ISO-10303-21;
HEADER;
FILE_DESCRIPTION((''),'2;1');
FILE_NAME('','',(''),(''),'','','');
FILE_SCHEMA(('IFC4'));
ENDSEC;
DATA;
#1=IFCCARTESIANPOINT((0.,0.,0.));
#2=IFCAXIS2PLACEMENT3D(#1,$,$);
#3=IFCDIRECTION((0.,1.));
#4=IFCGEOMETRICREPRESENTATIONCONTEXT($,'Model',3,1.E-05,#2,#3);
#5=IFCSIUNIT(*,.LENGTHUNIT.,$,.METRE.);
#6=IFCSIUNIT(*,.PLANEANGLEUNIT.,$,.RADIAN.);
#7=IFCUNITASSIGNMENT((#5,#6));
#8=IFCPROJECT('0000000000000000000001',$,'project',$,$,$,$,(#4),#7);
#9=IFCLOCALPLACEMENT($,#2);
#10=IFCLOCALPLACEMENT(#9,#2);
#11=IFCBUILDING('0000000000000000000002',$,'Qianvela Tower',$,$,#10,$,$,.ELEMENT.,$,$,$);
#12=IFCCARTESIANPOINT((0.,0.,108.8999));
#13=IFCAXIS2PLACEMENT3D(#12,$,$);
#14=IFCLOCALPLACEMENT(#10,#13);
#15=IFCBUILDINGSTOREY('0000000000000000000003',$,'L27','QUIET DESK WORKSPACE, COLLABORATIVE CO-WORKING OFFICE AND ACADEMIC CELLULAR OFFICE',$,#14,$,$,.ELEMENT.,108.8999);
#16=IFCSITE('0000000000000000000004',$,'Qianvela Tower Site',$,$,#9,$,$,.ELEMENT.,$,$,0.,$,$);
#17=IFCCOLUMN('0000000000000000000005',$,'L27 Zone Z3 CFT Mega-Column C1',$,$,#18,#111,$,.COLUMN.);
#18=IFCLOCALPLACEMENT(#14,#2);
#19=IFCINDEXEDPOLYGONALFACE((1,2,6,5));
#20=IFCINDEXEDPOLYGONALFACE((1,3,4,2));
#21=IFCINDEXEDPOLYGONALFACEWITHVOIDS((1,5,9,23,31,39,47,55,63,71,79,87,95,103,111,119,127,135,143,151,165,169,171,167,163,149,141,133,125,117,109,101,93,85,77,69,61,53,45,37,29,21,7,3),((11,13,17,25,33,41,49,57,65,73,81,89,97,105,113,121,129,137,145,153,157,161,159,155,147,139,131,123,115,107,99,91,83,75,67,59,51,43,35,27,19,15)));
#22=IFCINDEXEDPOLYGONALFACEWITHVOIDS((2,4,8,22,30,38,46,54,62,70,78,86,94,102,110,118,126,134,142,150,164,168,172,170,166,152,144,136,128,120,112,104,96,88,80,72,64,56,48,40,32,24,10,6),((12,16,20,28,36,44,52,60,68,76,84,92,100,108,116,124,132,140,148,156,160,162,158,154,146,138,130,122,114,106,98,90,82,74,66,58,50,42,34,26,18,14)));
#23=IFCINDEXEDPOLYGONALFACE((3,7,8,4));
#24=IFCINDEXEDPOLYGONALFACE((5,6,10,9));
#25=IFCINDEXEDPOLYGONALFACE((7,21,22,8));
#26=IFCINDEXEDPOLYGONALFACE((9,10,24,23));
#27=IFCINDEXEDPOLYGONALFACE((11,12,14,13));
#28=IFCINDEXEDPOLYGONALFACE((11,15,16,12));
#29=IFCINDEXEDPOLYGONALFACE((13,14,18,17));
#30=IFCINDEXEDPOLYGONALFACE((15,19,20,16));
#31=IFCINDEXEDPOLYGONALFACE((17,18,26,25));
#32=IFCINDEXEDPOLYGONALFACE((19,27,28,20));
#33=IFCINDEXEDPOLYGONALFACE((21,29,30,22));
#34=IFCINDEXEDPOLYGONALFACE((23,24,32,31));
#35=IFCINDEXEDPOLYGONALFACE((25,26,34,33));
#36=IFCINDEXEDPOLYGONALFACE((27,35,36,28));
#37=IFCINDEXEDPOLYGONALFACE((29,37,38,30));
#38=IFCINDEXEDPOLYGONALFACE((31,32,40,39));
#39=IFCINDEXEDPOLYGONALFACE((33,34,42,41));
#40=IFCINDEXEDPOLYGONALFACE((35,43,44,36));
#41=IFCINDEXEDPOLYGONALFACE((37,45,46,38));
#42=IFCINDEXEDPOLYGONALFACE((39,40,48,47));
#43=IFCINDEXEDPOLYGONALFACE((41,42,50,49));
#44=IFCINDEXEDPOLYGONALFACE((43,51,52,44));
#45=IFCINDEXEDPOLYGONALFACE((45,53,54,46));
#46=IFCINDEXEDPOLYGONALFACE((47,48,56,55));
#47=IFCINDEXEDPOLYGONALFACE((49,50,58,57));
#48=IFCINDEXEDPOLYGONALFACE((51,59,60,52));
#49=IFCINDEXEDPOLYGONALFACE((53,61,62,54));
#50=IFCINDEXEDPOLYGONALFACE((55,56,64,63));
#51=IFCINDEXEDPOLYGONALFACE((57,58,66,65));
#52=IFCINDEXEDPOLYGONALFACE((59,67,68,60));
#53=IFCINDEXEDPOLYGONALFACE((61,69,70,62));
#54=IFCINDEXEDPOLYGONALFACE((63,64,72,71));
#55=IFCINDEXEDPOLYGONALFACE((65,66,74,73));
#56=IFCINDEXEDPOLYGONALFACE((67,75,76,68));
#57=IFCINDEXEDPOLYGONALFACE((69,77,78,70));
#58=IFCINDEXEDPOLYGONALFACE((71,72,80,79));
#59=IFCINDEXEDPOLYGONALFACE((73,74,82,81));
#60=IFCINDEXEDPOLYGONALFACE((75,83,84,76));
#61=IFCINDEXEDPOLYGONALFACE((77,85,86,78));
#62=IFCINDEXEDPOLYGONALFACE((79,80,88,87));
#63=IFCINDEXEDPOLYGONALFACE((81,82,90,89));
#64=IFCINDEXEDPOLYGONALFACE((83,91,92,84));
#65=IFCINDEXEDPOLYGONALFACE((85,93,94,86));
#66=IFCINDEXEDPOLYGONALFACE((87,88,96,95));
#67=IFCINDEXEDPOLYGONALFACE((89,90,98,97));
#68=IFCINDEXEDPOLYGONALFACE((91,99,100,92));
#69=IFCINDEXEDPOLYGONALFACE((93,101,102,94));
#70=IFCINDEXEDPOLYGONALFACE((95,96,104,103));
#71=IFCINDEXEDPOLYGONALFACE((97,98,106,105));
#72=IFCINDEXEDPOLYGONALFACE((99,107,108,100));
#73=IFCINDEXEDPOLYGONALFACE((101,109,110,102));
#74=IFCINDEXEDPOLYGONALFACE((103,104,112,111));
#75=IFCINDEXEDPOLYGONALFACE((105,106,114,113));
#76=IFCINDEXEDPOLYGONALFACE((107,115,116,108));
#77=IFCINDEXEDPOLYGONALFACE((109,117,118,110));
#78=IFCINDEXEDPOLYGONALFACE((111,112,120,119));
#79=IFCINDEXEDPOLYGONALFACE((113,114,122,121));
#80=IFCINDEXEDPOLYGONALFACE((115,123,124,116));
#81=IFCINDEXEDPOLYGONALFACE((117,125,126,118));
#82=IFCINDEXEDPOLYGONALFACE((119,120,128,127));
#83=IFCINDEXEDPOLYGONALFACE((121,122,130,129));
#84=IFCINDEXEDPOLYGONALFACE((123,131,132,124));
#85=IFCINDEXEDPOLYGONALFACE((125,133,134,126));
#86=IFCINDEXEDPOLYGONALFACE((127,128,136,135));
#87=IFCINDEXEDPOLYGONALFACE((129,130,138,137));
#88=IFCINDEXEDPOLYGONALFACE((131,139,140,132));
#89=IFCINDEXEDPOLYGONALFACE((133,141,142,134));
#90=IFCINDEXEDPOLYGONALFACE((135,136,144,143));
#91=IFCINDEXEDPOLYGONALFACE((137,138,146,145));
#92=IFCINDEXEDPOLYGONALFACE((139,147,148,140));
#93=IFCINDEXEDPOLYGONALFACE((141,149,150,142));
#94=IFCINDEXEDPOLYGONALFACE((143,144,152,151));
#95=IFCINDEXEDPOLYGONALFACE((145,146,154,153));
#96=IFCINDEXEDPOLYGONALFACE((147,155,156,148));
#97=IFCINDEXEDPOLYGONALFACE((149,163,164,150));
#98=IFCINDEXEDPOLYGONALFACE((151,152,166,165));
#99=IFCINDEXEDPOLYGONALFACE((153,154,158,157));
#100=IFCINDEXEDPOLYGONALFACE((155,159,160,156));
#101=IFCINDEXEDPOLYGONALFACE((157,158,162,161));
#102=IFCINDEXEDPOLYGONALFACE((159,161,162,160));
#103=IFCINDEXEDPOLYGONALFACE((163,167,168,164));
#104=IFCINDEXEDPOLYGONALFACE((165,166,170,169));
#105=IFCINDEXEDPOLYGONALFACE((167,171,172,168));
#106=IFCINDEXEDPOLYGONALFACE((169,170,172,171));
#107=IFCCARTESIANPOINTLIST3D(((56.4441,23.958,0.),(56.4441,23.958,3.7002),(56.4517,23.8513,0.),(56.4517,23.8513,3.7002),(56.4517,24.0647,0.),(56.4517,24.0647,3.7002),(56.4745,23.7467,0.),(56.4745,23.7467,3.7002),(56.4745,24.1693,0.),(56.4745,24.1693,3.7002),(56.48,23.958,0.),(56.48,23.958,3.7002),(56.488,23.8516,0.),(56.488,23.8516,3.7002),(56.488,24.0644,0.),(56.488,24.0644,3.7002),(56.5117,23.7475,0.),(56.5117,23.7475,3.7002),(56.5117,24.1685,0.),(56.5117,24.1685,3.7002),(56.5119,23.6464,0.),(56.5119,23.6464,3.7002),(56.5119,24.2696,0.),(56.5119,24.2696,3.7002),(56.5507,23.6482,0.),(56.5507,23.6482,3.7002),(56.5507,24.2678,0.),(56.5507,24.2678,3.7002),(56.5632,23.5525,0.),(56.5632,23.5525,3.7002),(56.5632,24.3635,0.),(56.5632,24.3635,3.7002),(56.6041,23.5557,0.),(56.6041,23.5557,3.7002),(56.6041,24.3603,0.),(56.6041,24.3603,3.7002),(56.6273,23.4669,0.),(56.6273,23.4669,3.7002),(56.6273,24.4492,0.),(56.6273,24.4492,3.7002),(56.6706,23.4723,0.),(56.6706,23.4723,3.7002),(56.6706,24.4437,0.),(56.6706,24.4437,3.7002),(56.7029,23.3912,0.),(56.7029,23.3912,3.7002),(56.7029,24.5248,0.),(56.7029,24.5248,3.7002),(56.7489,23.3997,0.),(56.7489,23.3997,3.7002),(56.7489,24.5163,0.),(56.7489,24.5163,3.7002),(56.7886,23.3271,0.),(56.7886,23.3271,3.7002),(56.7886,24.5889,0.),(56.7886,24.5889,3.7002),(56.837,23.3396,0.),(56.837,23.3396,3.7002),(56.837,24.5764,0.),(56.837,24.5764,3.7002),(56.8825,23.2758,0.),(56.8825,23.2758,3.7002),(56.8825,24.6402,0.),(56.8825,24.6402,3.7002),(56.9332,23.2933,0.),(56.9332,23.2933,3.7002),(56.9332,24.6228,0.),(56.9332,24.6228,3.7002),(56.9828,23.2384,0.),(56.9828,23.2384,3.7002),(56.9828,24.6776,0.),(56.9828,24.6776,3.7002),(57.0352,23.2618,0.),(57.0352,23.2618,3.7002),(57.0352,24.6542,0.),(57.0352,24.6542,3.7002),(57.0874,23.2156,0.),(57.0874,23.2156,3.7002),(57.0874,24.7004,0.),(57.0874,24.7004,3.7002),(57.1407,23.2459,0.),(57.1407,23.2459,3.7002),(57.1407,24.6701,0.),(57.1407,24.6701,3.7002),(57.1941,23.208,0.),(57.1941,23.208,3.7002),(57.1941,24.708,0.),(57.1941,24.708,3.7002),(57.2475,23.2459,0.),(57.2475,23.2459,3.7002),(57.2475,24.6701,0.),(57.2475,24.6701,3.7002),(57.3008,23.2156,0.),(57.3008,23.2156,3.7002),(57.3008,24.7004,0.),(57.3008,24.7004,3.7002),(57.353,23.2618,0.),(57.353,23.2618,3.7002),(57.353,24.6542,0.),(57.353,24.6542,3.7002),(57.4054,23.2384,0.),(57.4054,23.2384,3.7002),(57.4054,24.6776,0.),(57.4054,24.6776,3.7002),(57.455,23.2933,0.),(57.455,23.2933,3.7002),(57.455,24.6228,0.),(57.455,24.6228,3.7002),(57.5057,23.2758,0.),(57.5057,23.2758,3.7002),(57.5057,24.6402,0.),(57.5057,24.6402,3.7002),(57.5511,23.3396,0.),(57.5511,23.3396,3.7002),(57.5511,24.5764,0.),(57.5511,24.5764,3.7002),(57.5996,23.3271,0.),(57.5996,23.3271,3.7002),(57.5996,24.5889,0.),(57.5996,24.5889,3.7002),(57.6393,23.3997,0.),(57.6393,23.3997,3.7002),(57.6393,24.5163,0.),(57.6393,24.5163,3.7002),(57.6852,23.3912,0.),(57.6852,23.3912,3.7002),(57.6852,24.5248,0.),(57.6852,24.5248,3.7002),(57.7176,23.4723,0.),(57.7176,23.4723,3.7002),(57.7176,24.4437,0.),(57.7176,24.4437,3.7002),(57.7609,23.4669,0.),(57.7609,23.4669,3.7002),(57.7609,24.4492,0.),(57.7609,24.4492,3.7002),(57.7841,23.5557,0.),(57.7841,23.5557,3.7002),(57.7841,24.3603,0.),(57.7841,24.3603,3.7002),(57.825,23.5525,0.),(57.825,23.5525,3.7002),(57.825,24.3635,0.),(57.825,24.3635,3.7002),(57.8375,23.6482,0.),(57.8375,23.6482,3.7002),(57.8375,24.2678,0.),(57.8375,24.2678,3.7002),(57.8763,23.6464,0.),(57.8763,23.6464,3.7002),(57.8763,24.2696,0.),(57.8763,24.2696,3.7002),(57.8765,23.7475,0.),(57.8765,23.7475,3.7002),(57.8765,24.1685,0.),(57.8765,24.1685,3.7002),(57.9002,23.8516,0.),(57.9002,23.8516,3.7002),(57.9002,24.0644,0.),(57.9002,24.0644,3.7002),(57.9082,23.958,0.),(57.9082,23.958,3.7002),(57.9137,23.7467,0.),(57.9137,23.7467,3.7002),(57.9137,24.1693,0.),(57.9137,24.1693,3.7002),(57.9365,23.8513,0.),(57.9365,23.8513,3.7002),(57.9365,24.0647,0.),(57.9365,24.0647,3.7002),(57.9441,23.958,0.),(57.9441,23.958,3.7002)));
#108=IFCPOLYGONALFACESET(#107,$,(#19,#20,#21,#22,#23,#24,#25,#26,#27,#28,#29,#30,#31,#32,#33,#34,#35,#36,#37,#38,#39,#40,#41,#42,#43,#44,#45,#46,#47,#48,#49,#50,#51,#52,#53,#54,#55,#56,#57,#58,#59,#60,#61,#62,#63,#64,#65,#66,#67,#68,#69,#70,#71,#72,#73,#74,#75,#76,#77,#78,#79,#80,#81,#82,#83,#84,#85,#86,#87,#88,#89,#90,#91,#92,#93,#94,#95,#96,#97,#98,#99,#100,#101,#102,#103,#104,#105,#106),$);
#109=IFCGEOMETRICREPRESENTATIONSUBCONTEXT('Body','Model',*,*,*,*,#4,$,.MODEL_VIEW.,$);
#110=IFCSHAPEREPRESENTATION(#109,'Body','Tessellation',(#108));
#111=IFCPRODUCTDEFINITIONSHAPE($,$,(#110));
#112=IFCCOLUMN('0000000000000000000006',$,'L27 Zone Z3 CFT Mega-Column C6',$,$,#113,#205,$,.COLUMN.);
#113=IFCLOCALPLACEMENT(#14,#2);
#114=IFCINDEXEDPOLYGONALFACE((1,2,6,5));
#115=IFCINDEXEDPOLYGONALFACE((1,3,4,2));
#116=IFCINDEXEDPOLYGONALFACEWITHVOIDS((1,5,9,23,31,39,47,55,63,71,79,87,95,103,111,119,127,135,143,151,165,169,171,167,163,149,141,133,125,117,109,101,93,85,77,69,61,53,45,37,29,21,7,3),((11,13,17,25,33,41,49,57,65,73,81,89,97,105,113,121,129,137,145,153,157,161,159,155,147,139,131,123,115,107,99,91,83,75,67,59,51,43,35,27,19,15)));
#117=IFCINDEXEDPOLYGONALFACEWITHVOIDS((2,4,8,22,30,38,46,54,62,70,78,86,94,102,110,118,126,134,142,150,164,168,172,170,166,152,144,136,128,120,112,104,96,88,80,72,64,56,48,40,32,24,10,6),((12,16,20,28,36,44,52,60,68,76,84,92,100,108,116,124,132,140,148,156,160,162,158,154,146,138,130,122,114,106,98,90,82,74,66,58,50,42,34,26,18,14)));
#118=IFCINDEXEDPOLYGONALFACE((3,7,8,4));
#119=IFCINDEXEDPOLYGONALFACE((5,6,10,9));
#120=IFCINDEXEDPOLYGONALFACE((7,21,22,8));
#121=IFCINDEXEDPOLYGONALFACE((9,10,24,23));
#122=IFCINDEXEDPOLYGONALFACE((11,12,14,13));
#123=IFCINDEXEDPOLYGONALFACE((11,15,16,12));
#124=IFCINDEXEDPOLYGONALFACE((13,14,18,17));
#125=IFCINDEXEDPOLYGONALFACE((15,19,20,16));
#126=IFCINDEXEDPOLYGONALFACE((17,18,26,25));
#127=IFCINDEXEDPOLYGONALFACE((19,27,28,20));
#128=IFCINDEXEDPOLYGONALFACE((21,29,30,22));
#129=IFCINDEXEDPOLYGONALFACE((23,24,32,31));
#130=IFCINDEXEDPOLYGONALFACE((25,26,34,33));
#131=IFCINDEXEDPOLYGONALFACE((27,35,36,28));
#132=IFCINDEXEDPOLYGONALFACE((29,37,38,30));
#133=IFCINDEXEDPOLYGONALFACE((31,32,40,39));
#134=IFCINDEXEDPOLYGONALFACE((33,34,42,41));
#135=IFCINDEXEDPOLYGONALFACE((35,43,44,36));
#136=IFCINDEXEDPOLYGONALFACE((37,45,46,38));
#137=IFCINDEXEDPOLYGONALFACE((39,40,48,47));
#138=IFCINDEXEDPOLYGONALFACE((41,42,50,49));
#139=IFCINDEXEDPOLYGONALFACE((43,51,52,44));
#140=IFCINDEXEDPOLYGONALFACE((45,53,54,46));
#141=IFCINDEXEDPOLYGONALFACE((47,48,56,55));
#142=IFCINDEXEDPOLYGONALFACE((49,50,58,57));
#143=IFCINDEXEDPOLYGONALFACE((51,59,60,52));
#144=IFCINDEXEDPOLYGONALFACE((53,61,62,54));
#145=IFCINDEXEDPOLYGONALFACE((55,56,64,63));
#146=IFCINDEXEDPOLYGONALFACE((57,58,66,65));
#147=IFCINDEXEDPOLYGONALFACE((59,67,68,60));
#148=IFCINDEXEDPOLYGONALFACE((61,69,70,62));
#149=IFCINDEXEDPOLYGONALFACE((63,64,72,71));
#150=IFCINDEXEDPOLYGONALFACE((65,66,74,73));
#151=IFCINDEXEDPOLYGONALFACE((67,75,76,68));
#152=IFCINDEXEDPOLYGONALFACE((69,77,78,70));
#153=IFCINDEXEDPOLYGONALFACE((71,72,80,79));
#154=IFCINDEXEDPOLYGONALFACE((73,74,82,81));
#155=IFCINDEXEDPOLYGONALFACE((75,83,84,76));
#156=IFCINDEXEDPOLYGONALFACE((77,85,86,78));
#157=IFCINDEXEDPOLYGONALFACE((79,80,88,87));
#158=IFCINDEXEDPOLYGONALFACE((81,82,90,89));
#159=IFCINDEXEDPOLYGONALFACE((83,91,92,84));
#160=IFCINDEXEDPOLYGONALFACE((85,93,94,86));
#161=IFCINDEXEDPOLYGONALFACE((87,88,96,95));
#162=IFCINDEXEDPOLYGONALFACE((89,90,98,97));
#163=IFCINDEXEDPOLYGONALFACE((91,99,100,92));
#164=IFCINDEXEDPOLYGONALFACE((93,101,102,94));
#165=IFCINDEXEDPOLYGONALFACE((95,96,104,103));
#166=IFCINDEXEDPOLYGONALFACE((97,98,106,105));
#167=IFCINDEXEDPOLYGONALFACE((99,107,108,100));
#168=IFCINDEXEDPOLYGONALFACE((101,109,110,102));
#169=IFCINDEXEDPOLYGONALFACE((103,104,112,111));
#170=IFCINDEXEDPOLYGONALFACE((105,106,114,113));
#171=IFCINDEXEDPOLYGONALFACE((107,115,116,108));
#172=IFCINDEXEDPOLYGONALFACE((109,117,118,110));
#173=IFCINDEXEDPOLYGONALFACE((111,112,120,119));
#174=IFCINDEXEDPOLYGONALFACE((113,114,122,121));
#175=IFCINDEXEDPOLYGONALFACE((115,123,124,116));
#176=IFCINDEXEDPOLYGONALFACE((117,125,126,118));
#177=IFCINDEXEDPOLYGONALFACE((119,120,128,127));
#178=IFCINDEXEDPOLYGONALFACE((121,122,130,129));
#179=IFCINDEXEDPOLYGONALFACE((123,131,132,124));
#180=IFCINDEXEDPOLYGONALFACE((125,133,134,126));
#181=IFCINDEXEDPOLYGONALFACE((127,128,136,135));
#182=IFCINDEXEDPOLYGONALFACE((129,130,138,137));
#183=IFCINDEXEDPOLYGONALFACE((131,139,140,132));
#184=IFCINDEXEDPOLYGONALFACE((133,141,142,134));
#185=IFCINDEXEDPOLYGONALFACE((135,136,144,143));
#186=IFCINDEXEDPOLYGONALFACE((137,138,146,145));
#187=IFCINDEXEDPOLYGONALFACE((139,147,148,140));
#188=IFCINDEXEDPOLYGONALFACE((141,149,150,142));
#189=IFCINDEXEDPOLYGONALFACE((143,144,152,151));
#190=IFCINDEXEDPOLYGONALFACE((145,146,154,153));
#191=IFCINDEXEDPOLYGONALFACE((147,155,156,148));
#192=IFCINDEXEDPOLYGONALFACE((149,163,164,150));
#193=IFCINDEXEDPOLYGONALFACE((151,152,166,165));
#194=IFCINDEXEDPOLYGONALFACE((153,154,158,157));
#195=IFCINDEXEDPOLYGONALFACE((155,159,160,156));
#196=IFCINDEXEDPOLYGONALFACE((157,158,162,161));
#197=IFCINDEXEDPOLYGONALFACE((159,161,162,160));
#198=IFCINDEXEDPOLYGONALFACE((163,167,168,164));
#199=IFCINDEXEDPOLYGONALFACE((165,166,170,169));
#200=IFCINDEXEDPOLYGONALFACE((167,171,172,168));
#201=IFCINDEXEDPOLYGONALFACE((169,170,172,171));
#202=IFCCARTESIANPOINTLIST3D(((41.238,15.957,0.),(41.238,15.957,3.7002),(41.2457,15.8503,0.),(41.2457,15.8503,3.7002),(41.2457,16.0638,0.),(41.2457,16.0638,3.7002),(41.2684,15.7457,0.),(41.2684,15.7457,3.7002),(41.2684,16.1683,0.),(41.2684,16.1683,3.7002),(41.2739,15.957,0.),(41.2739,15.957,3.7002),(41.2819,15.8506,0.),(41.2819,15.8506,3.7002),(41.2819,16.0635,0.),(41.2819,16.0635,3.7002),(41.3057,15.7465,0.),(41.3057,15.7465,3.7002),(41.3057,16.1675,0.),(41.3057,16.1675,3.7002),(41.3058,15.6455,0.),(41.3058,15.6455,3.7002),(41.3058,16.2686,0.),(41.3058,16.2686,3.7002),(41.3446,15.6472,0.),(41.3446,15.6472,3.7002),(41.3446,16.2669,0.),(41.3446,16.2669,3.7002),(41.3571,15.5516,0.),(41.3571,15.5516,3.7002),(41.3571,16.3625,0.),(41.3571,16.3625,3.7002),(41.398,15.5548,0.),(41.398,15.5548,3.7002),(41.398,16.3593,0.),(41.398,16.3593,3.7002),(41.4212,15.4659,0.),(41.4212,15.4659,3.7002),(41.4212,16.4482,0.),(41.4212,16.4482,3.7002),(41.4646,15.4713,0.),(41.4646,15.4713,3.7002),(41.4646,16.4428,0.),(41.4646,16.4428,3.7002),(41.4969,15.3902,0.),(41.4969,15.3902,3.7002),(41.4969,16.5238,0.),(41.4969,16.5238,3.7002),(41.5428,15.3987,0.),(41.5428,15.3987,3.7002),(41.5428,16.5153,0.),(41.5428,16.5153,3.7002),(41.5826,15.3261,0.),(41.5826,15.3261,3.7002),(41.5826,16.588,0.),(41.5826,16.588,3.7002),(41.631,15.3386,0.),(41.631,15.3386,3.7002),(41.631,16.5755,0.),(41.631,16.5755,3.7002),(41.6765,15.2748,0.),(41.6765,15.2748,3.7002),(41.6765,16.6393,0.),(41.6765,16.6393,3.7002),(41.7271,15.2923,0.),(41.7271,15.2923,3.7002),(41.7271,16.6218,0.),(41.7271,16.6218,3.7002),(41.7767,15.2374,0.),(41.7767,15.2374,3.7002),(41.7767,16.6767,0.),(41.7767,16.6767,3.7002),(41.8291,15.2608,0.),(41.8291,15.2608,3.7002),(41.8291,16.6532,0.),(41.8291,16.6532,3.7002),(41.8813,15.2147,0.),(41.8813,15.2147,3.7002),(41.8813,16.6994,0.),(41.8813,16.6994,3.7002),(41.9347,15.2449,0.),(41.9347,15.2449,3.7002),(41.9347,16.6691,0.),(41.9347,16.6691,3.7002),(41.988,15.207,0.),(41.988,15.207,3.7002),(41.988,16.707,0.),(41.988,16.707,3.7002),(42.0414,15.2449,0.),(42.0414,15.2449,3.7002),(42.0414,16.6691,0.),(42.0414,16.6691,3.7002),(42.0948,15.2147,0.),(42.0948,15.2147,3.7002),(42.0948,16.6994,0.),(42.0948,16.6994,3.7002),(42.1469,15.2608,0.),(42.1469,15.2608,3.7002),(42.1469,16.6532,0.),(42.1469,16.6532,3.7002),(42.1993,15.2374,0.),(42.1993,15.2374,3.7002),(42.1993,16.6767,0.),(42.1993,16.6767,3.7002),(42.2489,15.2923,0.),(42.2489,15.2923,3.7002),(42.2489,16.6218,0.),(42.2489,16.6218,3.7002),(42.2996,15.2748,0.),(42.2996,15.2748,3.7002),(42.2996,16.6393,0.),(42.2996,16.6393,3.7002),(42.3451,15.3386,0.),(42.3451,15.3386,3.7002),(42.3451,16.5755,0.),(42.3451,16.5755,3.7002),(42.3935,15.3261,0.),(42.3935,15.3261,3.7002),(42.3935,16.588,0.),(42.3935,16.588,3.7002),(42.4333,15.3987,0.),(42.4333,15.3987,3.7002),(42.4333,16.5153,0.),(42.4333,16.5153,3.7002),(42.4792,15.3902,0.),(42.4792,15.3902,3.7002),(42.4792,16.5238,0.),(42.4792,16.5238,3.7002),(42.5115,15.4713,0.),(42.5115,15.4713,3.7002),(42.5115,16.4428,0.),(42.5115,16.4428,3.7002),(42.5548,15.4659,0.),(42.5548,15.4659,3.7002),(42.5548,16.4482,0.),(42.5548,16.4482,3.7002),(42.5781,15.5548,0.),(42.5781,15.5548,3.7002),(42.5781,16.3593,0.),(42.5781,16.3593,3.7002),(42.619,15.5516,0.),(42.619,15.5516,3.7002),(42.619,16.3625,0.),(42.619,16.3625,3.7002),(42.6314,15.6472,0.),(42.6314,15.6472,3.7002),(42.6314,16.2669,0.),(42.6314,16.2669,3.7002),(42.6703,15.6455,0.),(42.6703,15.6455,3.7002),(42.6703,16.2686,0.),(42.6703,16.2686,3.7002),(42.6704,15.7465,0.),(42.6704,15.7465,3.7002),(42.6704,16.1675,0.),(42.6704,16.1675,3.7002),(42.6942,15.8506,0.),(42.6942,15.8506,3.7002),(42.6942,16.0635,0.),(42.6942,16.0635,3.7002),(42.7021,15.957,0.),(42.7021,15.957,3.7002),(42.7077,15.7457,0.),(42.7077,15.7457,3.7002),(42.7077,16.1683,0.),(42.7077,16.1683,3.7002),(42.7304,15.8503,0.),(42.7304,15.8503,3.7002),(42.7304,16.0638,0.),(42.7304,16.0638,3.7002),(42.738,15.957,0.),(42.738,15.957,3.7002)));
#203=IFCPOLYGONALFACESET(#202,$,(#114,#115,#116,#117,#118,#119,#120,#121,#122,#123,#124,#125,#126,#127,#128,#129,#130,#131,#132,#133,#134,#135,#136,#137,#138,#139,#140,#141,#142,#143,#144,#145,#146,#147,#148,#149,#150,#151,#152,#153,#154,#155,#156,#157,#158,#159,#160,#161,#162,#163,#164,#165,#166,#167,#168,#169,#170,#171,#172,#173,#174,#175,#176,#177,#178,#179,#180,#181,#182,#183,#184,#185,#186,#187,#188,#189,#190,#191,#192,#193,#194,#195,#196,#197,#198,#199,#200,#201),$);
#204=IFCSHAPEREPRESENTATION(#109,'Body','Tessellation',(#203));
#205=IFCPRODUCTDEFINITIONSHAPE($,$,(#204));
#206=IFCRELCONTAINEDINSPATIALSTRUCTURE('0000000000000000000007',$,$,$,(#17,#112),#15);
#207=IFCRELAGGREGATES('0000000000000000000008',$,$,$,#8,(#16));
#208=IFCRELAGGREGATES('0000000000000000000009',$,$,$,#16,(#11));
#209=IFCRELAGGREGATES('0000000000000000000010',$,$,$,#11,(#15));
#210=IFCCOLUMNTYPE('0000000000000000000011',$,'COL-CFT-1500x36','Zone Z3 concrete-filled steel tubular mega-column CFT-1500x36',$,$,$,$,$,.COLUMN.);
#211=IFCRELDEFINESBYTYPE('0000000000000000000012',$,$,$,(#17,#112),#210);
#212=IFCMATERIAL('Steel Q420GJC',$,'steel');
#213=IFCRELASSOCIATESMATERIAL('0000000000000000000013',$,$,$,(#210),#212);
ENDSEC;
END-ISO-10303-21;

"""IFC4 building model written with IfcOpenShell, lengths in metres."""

from ifc_helpers import new_model, si_unit, direction, frame, origin, origin_2d, place, context, subcontext, project, spatial, hollow_circle, extrude, material, material_profile, profile_set, type_object, element, save


model = new_model("IFC4")

# Units and contexts
model_context = context("Model", 3, precision=1e-05, world=origin(), true_north=direction((0.0, 1.0)))
body_context = subcontext(model_context, "Body", "Model", "MODEL_VIEW")
ifc_project = project(units=[si_unit("LENGTHUNIT", "METRE"), si_unit("PLANEANGLEUNIT", "RADIAN")], contexts=[model_context])

# Site, building, storey
site_placement = place(None, origin())
site = spatial("IfcSite", under=ifc_project, at=site_placement, Name="Qianvela Tower Site", CompositionType="ELEMENT", RefElevation=0.0)
building_placement = place(site_placement, origin())
building = spatial("IfcBuilding", under=site, at=building_placement, Name="Qianvela Tower", CompositionType="ELEMENT")
storey_placement = place(building_placement, frame((0.0, 0.0, 108.8999)))
storey = spatial("IfcBuildingStorey", under=building, at=storey_placement, Name="L27", Description="QUIET DESK WORKSPACE, COLLABORATIVE CO-WORKING OFFICE AND ACADEMIC CELLULAR OFFICE", CompositionType="ELEMENT", Elevation=108.8999)

# Columns
ifc_material_1 = material(Name="Steel Q420GJC", Category="steel")
ifc_material_profile_1 = material_profile(ifc_material_1, hollow_circle(Radius=0.75, WallThickness=0.0359, at=origin_2d()), Name="CFT-1500x36")
ifc_profile_set_1 = profile_set([ifc_material_profile_1], Name="Steel Q420GJC")
column_type = type_object("IfcColumnType", Name="COL-CFT-1500x36", Description="Zone Z3 concrete-filled steel tubular mega-column CFT-1500x36", PredefinedType="COLUMN", material=ifc_profile_set_1)
for number, where, z_axis, x_axis, name in (
    (1, (57.1941, 23.958, 0.0), (0.0, 0.0, 1.0), (1.0, 0.0, 0.0), "L27 Zone Z3 CFT Mega-Column C1"),
    (2, (41.988, 15.957, 0.0), (0.0, 0.0, 1.0), (1.0, 0.0, 0.0), "L27 Zone Z3 CFT Mega-Column C6"),
):
    element("IfcColumn", number, at=place(storey_placement, frame(where, z_axis=z_axis, x_axis=x_axis)), inside=storey, type_object=column_type, Name=name, PredefinedType="COLUMN", context=body_context, shape_type="SweptSolid", body=[
        extrude(hollow_circle(Radius=0.75, WallThickness=0.0359, at=origin_2d()), origin(), (0.0, 0.0, 1.0), 3.7002),
    ])

save(model, "model.ifc")
